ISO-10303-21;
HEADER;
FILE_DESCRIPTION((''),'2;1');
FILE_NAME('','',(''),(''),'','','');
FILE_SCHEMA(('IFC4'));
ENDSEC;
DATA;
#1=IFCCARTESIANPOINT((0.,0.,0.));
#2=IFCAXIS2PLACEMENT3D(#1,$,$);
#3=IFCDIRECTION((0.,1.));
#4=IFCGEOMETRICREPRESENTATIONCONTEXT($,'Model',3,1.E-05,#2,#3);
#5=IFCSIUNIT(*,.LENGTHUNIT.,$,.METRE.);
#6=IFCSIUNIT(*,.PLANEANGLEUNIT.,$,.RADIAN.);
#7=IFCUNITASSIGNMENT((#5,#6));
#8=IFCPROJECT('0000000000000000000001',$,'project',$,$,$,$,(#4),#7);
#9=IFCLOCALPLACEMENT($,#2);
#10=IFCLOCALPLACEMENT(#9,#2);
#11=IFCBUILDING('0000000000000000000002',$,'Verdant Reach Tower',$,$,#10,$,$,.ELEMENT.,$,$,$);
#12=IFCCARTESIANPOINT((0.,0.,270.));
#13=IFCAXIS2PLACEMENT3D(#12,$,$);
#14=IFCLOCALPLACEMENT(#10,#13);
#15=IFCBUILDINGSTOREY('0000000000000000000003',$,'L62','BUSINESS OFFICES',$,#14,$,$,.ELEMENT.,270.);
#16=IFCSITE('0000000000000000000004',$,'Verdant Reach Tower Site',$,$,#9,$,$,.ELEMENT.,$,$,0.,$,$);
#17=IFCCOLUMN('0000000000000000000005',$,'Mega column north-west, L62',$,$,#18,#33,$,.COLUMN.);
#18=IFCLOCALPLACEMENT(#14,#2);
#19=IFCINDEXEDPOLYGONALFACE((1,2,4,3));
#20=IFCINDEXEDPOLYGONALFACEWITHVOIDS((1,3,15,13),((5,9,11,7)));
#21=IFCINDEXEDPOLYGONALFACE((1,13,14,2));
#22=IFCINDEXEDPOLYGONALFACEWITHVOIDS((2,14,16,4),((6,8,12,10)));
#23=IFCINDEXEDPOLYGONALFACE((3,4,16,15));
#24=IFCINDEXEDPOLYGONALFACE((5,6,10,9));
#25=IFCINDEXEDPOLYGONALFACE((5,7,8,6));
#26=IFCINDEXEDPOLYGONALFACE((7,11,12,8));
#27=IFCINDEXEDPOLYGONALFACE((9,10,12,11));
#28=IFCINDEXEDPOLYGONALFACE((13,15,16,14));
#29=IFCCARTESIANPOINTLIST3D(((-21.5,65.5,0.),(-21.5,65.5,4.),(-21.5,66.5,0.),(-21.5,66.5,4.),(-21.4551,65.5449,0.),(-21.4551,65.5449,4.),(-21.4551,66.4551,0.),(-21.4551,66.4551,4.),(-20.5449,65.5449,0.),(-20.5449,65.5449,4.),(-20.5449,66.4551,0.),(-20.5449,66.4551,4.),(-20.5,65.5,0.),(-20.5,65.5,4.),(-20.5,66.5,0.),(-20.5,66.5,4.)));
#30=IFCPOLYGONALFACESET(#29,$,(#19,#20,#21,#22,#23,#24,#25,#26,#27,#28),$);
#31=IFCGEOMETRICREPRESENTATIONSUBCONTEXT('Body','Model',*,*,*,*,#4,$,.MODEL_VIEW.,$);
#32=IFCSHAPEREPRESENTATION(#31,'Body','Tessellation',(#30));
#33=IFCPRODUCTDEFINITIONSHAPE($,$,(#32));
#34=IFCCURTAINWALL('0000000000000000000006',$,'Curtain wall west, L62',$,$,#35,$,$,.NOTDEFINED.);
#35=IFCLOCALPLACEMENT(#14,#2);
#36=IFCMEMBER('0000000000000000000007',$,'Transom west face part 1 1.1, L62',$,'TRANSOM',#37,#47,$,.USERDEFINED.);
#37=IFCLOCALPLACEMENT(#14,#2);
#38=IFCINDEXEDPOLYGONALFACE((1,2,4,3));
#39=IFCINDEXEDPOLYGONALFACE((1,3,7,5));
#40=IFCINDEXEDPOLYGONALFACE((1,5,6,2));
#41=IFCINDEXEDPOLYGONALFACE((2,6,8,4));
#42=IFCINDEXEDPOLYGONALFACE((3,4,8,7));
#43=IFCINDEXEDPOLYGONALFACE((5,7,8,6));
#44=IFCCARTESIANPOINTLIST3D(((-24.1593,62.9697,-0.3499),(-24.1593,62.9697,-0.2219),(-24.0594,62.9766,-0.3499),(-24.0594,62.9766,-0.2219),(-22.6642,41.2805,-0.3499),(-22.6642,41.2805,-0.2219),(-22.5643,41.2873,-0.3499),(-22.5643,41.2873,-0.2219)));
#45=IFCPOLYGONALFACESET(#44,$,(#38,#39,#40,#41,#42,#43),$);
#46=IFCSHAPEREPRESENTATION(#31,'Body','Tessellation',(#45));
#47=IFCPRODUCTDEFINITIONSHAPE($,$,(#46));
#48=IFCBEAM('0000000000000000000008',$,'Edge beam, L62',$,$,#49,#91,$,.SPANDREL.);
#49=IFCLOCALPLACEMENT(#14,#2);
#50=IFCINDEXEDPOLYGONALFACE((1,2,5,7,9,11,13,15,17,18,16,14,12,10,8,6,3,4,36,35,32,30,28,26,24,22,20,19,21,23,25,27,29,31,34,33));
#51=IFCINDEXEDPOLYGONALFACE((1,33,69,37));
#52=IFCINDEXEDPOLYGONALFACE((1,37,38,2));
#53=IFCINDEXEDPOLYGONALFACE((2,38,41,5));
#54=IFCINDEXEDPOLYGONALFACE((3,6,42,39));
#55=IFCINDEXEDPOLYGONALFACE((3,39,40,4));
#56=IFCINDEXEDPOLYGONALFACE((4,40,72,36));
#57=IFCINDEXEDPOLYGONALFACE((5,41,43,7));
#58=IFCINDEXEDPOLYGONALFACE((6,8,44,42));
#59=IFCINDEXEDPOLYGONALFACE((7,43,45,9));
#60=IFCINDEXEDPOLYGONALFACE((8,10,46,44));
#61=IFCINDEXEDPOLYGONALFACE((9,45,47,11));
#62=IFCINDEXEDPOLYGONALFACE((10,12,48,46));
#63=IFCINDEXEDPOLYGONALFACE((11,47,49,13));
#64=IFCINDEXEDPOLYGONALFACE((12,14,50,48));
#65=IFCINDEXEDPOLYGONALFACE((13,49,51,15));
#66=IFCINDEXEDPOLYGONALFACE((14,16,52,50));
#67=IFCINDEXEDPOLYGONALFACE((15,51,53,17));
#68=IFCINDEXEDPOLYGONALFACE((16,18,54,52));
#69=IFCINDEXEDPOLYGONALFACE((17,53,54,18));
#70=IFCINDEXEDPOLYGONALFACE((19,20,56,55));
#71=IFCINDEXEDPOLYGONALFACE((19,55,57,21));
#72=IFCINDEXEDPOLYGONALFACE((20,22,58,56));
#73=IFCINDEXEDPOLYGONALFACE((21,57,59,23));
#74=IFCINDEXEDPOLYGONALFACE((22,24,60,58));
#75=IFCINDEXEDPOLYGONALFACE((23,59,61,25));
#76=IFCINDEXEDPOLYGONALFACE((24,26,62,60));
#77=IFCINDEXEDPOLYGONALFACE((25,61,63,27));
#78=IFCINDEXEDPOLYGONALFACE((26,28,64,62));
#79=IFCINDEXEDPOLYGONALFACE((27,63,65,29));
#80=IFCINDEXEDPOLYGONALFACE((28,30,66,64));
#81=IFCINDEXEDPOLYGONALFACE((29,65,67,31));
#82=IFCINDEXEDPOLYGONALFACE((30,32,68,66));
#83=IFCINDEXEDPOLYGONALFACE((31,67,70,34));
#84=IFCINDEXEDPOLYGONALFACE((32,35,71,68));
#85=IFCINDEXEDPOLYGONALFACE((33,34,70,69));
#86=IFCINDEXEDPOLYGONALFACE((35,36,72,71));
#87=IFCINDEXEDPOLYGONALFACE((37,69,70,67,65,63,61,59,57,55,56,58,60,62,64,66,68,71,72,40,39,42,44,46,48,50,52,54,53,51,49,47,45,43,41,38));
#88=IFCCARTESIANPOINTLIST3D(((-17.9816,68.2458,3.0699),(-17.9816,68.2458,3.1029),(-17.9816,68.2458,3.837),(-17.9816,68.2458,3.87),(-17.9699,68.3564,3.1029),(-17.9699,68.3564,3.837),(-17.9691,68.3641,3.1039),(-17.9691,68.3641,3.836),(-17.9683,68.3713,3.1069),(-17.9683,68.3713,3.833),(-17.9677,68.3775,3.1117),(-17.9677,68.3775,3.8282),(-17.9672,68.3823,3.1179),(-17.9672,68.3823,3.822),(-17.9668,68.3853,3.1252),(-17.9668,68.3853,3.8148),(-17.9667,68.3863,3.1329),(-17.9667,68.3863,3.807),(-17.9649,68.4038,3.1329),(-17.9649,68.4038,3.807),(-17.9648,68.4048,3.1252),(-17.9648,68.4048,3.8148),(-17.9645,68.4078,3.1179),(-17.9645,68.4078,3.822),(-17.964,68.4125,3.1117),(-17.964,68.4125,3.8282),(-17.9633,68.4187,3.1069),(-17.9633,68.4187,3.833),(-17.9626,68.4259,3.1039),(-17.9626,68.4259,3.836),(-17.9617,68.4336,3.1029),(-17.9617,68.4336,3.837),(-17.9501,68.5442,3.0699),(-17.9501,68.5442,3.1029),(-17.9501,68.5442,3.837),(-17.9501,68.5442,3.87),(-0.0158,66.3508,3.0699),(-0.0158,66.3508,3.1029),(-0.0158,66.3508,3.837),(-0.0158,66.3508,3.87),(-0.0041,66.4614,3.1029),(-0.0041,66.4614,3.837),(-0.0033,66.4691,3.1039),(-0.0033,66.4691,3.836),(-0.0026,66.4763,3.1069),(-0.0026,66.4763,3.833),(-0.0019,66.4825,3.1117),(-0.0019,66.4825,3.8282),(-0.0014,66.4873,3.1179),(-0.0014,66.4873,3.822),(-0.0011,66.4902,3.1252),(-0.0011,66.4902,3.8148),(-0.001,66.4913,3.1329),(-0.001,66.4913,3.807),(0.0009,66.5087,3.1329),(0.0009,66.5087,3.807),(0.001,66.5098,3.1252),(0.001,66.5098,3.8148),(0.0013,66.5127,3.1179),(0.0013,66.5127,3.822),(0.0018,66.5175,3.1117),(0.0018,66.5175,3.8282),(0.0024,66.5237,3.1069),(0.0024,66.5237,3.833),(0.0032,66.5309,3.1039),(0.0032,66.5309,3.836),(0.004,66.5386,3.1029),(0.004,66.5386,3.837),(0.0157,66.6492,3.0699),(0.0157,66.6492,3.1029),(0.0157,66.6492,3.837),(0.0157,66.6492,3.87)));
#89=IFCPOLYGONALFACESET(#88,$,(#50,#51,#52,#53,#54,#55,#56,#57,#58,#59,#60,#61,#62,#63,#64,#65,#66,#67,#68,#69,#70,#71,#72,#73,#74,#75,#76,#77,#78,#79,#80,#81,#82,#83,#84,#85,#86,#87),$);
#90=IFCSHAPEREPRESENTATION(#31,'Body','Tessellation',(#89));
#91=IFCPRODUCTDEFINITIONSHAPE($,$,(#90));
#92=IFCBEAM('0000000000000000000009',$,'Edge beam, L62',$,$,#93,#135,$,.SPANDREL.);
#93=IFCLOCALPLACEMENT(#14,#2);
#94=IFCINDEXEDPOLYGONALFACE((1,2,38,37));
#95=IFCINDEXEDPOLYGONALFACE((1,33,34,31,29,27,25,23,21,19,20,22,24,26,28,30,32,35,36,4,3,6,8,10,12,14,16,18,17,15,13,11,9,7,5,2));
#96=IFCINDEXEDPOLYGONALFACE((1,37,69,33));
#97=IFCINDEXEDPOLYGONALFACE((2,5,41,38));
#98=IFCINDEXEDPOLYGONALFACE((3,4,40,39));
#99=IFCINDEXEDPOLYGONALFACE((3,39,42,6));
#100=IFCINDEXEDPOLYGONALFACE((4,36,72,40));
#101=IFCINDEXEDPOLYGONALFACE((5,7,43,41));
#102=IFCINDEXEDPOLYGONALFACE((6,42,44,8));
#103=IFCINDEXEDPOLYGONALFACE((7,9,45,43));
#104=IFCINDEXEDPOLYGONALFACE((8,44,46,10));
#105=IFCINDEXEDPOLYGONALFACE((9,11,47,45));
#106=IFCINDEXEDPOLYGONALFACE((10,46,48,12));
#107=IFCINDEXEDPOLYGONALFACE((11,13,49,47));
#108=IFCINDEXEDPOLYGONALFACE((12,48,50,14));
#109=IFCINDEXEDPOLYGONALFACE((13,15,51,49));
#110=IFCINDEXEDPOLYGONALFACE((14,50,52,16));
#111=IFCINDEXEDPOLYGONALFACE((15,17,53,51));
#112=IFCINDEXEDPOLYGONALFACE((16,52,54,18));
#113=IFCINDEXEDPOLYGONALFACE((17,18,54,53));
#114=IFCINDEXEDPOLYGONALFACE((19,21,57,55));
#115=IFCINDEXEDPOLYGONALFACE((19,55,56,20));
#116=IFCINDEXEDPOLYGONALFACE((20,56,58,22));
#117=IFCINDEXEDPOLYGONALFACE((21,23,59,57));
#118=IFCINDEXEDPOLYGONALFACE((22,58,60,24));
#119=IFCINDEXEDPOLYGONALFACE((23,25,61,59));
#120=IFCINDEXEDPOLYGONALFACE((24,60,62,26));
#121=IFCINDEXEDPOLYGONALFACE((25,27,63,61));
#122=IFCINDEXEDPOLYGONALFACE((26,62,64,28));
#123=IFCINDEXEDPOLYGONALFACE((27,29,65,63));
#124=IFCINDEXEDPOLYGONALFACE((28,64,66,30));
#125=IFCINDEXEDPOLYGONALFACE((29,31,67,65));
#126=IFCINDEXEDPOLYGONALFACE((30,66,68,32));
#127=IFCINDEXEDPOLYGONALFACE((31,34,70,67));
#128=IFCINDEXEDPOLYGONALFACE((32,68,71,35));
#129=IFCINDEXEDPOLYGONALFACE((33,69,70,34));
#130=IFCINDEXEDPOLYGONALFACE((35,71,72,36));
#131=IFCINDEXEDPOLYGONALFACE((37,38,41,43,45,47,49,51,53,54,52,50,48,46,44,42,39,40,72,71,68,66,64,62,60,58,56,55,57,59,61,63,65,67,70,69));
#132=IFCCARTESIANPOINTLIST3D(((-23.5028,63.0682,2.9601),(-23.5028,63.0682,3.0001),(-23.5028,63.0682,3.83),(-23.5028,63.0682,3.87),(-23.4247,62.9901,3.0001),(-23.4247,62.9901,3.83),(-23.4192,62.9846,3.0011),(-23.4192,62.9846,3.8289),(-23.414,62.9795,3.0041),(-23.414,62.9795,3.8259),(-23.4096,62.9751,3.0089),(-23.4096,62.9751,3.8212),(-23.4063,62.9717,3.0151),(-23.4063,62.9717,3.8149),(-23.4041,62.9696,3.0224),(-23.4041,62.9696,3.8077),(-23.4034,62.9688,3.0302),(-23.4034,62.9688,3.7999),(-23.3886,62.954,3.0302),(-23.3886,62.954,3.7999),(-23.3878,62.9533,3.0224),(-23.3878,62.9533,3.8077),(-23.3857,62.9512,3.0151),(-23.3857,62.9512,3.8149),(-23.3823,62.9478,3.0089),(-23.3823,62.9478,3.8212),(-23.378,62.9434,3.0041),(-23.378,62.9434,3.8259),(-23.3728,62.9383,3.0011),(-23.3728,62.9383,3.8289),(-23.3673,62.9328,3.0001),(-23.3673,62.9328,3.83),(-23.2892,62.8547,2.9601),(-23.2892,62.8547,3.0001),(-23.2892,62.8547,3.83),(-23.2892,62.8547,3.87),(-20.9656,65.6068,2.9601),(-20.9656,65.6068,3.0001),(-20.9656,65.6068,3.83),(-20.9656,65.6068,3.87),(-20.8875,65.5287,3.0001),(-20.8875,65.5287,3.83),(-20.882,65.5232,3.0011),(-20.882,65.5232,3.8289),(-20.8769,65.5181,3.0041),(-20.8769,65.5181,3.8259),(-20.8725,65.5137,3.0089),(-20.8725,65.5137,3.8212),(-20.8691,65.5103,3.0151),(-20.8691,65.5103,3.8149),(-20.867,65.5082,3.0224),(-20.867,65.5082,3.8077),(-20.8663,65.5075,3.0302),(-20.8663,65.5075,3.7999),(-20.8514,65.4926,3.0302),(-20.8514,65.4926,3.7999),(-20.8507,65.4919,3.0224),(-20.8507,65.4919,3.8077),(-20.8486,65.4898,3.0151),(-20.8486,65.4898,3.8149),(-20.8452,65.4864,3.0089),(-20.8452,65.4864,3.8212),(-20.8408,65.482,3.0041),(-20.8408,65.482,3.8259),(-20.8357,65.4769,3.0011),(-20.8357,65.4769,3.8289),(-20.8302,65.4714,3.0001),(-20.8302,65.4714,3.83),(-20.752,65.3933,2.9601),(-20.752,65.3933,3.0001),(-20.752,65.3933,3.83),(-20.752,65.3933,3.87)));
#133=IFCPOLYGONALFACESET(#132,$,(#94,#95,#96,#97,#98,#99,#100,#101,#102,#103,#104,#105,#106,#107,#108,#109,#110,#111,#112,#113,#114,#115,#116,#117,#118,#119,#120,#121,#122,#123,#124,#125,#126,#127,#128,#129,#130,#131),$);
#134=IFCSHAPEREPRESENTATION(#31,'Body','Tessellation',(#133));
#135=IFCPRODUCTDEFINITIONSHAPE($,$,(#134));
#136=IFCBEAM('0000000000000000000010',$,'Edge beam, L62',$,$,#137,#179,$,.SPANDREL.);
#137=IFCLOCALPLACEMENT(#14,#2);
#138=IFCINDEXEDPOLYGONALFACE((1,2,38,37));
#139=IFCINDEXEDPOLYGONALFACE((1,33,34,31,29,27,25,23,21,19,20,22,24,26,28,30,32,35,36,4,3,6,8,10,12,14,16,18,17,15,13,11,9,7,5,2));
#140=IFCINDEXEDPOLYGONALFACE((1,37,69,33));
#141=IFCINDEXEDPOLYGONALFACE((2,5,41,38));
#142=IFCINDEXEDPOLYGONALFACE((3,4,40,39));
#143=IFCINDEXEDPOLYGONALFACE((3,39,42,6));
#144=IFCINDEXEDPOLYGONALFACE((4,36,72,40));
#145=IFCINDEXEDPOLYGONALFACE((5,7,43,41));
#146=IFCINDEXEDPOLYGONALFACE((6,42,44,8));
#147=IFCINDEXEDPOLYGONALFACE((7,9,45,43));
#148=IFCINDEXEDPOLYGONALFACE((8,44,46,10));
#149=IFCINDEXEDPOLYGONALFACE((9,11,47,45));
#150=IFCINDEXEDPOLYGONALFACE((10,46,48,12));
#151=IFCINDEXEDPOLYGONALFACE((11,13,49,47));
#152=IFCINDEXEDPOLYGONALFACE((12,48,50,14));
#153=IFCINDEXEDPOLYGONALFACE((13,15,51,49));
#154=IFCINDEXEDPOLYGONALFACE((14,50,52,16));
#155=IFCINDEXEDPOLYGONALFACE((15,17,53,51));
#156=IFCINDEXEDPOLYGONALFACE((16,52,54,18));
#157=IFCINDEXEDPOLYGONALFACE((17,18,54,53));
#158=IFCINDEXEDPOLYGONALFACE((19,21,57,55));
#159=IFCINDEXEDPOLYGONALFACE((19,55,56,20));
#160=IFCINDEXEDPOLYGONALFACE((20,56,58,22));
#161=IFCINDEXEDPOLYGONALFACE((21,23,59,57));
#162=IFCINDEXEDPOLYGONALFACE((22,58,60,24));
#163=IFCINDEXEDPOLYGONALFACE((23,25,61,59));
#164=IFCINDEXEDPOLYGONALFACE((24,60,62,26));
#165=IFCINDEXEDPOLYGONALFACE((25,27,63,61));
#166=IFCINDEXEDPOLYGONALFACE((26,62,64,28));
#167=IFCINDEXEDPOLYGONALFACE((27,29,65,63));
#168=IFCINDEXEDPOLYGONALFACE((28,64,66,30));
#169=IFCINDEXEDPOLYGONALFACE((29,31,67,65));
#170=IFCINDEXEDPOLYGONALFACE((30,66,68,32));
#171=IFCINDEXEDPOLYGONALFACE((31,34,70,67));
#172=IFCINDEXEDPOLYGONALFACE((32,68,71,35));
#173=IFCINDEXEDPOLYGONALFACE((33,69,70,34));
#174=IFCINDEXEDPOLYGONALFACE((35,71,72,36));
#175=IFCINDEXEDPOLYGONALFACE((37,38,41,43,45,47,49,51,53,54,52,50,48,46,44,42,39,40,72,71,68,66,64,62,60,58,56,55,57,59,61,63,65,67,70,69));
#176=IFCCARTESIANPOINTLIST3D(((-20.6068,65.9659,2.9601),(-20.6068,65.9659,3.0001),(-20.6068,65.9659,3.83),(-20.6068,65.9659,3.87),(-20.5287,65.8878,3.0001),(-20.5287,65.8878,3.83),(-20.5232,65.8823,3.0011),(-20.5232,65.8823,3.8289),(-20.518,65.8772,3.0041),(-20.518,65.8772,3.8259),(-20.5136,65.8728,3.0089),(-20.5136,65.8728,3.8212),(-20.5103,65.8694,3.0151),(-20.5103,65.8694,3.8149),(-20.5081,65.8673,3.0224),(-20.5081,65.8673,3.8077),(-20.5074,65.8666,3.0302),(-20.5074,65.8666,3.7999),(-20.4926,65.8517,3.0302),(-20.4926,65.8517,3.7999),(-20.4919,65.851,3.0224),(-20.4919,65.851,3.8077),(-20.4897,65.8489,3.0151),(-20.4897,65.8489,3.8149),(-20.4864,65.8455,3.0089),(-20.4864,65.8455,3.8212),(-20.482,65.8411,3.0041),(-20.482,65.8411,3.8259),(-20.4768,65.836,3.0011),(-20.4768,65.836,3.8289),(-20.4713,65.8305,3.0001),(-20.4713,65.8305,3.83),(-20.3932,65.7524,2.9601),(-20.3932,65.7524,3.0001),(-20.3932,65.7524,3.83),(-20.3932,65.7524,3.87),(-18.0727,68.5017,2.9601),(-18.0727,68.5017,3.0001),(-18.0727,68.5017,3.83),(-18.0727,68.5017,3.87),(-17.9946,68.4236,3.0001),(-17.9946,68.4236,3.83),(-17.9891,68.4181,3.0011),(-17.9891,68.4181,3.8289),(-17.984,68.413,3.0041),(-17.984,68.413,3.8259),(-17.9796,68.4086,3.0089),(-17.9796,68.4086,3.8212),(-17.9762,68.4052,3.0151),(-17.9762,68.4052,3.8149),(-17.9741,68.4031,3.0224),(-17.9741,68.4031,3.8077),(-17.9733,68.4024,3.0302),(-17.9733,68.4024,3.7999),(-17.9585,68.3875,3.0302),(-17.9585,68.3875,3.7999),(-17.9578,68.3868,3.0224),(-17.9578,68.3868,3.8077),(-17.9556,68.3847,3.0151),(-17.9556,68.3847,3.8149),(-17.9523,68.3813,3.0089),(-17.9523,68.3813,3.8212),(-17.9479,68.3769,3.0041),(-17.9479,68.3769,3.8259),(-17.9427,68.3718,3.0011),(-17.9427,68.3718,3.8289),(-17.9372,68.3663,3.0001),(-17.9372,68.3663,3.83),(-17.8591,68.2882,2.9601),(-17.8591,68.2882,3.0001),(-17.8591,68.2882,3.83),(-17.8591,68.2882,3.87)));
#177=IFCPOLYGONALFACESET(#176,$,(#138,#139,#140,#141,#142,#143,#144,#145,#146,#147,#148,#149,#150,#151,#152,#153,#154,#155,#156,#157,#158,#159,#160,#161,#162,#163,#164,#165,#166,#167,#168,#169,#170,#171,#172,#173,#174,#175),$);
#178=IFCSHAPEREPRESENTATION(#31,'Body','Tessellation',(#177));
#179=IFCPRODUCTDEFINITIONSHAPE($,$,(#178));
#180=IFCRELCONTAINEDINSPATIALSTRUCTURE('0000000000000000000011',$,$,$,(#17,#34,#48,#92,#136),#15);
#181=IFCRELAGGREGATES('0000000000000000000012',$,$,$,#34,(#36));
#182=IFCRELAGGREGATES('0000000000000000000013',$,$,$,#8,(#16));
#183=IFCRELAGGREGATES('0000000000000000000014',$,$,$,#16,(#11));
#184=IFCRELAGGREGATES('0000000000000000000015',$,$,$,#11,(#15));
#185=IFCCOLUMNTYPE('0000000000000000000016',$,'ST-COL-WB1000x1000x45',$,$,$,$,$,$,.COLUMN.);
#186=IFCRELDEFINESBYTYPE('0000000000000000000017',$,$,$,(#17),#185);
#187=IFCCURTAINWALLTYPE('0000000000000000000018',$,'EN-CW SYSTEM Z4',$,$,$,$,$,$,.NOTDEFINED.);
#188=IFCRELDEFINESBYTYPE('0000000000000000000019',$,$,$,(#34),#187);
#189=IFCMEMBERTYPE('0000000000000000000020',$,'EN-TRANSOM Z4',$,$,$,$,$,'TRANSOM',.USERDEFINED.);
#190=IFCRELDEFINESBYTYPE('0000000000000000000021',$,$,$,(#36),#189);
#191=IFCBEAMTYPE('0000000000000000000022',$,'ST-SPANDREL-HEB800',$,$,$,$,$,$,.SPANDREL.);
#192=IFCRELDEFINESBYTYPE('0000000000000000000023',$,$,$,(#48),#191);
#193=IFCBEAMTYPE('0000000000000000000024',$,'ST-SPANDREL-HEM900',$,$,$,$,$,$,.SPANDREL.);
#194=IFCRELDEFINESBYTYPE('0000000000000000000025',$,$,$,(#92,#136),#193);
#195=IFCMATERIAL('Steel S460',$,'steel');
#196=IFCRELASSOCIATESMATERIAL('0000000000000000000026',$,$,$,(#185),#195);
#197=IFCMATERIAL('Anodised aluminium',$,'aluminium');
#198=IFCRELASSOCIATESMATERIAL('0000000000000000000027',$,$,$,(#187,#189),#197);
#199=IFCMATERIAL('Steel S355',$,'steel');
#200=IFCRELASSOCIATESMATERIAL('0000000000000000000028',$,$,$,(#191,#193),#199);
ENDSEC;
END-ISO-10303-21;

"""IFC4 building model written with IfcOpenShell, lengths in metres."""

from ifc_helpers import new_model, si_unit, direction, frame, origin, origin_2d, place, context, subcontext, project, spatial, rectangle, hollow_rectangle, i_section, extrude, material, material_profile, profile_set, type_object, element, aggregate, save


model = new_model("IFC4")

# Units and contexts
model_context = context("Model", 3, precision=1e-05, world=origin(), true_north=direction((0.0, 1.0)))
body_context = subcontext(model_context, "Body", "Model", "MODEL_VIEW")
ifc_project = project(units=[si_unit("LENGTHUNIT", "METRE"), si_unit("PLANEANGLEUNIT", "RADIAN")], contexts=[model_context])

# Site, building, storey
site_placement = place(None, origin())
site = spatial("IfcSite", under=ifc_project, at=site_placement, Name="Verdant Reach Tower Site", CompositionType="ELEMENT", RefElevation=0.0)
building_placement = place(site_placement, origin())
building = spatial("IfcBuilding", under=site, at=building_placement, Name="Verdant Reach Tower", CompositionType="ELEMENT")
storey_placement = place(building_placement, frame((0.0, 0.0, 270.0)))
storey = spatial("IfcBuildingStorey", under=building, at=storey_placement, Name="L62", Description="BUSINESS OFFICES", CompositionType="ELEMENT", Elevation=270.0)

# Column
ifc_material_1 = material(Name="Steel S460", Category="steel")
ifc_material_profile_1 = material_profile(ifc_material_1, hollow_rectangle(XDim=1.0, YDim=1.0, WallThickness=0.0449, at=origin_2d()), Name="WB 1000x1000x45")
ifc_profile_set_1 = profile_set([ifc_material_profile_1], Name="Steel S460")
column_type = type_object("IfcColumnType", Name="ST-COL-WB1000x1000x45", PredefinedType="COLUMN", material=ifc_profile_set_1)
column_placement = place(storey_placement, frame((-21.0, 66.0, 0.0), z_axis=(0.0, 0.0, 1.0), x_axis=(1.0, 0.0, 0.0)))
element("IfcColumn", 1, at=column_placement, inside=storey, type_object=column_type, Name="Mega column north-west, L62", PredefinedType="COLUMN", context=body_context, shape_type="SweptSolid", body=[
    extrude(hollow_rectangle(XDim=1.0, YDim=1.0, WallThickness=0.0449, at=origin_2d()), origin(), (0.0, 0.0, 1.0), 4.0),
])

# Curtain wall, member
ifc_material_2 = material(Name="Anodised aluminium", Category="aluminium")
curtain_wall_type = type_object("IfcCurtainWallType", Name="EN-CW SYSTEM Z4", PredefinedType="NOTDEFINED", material=ifc_material_2)
curtain_wall_1_placement = place(storey_placement, origin())
curtain_wall_1 = element("IfcCurtainWall", 2, at=curtain_wall_1_placement, inside=storey, type_object=curtain_wall_type, Name="Curtain wall west, L62", PredefinedType="NOTDEFINED")
ifc_material_profile_2 = material_profile(ifc_material_2, rectangle(XDim=0.1001, YDim=0.1279, at=origin_2d()), Name="Transom 128x100")
ifc_profile_set_2 = profile_set([ifc_material_profile_2], Name="Anodised aluminium")
member_type = type_object("IfcMemberType", Name="EN-TRANSOM Z4", ElementType="TRANSOM", PredefinedType="USERDEFINED", material=ifc_profile_set_2)
member_placement = place(storey_placement, frame((-24.1094, 62.9731, -0.2859), z_axis=(0.06877, -0.997633, 0.0), x_axis=(0.997633, 0.06877, 0.0)))
member = element("IfcMember", 3, at=member_placement, type_object=member_type, Name="Transom west face part 1 1.1, L62", ObjectType="TRANSOM", PredefinedType="USERDEFINED", context=body_context, shape_type="SweptSolid", body=[
    extrude(rectangle(XDim=0.1001, YDim=0.1279, at=origin_2d()), origin(), (0.0, 0.0, 1.0), 21.7407),
])

# Beams
ifc_material_3 = material(Name="Steel S355", Category="steel")
ifc_material_profile_3 = material_profile(ifc_material_3, i_section(OverallWidth=0.3, OverallDepth=0.8, WebThickness=0.0176, FlangeThickness=0.033, FilletRadius=0.03, at=origin_2d()), Name="HEB 800")
ifc_profile_set_3 = profile_set([ifc_material_profile_3], Name="Steel S355")
beam_type_1 = type_object("IfcBeamType", Name="ST-SPANDREL-HEB800", PredefinedType="SPANDREL", material=ifc_profile_set_3)
beam_1_placement = place(storey_placement, frame((-17.9658, 68.395, 3.47), z_axis=(0.994483, -0.104897, 0.0), x_axis=(0.104897, 0.994483, 0.0)))
element("IfcBeam", 4, at=beam_1_placement, inside=storey, type_object=beam_type_1, Name="Edge beam, L62", PredefinedType="SPANDREL", context=body_context, shape_type="SweptSolid", body=[
    extrude(i_section(OverallWidth=0.3, OverallDepth=0.8, WebThickness=0.0176, FlangeThickness=0.033, FilletRadius=0.03, at=origin_2d()), origin(), (0.0, 0.0, 1.0), 18.0654),
])
ifc_material_profile_4 = material_profile(ifc_material_3, i_section(OverallWidth=0.302, OverallDepth=0.9099, WebThickness=0.021, FlangeThickness=0.04, FilletRadius=0.03, at=origin_2d()), Name="HEM 900")
ifc_profile_set_4 = profile_set([ifc_material_profile_4], Name="Steel S355")
beam_type_2 = type_object("IfcBeamType", Name="ST-SPANDREL-HEM900", PredefinedType="SPANDREL", material=ifc_profile_set_4)
beam_2_placement = place(storey_placement, frame((-23.396, 62.9614, 3.415), z_axis=(0.706903, 0.707311, 0.0), x_axis=(-0.707311, 0.706903, 0.0)))
element("IfcBeam", 5, at=beam_2_placement, inside=storey, type_object=beam_type_2, Name="Edge beam, L62", PredefinedType="SPANDREL", context=body_context, shape_type="SweptSolid", body=[
    extrude(i_section(OverallWidth=0.302, OverallDepth=0.9099, WebThickness=0.021, FlangeThickness=0.04, FilletRadius=0.03, at=origin_2d()), origin(), (0.0, 0.0, 1.0), 3.5891),
])
beam_3_placement = place(storey_placement, frame((-20.5, 65.8591, 3.415), z_axis=(0.706868, 0.707345, 0.0), x_axis=(-0.707345, 0.706868, 0.0)))
element("IfcBeam", 6, at=beam_3_placement, inside=storey, type_object=beam_type_2, Name="Edge beam, L62", PredefinedType="SPANDREL", context=body_context, shape_type="SweptSolid", body=[
    extrude(i_section(OverallWidth=0.302, OverallDepth=0.9099, WebThickness=0.021, FlangeThickness=0.04, FilletRadius=0.03, at=origin_2d()), origin(), (0.0, 0.0, 1.0), 3.585),
])

aggregate(curtain_wall_1, [member])

save(model, "model.ifc")
